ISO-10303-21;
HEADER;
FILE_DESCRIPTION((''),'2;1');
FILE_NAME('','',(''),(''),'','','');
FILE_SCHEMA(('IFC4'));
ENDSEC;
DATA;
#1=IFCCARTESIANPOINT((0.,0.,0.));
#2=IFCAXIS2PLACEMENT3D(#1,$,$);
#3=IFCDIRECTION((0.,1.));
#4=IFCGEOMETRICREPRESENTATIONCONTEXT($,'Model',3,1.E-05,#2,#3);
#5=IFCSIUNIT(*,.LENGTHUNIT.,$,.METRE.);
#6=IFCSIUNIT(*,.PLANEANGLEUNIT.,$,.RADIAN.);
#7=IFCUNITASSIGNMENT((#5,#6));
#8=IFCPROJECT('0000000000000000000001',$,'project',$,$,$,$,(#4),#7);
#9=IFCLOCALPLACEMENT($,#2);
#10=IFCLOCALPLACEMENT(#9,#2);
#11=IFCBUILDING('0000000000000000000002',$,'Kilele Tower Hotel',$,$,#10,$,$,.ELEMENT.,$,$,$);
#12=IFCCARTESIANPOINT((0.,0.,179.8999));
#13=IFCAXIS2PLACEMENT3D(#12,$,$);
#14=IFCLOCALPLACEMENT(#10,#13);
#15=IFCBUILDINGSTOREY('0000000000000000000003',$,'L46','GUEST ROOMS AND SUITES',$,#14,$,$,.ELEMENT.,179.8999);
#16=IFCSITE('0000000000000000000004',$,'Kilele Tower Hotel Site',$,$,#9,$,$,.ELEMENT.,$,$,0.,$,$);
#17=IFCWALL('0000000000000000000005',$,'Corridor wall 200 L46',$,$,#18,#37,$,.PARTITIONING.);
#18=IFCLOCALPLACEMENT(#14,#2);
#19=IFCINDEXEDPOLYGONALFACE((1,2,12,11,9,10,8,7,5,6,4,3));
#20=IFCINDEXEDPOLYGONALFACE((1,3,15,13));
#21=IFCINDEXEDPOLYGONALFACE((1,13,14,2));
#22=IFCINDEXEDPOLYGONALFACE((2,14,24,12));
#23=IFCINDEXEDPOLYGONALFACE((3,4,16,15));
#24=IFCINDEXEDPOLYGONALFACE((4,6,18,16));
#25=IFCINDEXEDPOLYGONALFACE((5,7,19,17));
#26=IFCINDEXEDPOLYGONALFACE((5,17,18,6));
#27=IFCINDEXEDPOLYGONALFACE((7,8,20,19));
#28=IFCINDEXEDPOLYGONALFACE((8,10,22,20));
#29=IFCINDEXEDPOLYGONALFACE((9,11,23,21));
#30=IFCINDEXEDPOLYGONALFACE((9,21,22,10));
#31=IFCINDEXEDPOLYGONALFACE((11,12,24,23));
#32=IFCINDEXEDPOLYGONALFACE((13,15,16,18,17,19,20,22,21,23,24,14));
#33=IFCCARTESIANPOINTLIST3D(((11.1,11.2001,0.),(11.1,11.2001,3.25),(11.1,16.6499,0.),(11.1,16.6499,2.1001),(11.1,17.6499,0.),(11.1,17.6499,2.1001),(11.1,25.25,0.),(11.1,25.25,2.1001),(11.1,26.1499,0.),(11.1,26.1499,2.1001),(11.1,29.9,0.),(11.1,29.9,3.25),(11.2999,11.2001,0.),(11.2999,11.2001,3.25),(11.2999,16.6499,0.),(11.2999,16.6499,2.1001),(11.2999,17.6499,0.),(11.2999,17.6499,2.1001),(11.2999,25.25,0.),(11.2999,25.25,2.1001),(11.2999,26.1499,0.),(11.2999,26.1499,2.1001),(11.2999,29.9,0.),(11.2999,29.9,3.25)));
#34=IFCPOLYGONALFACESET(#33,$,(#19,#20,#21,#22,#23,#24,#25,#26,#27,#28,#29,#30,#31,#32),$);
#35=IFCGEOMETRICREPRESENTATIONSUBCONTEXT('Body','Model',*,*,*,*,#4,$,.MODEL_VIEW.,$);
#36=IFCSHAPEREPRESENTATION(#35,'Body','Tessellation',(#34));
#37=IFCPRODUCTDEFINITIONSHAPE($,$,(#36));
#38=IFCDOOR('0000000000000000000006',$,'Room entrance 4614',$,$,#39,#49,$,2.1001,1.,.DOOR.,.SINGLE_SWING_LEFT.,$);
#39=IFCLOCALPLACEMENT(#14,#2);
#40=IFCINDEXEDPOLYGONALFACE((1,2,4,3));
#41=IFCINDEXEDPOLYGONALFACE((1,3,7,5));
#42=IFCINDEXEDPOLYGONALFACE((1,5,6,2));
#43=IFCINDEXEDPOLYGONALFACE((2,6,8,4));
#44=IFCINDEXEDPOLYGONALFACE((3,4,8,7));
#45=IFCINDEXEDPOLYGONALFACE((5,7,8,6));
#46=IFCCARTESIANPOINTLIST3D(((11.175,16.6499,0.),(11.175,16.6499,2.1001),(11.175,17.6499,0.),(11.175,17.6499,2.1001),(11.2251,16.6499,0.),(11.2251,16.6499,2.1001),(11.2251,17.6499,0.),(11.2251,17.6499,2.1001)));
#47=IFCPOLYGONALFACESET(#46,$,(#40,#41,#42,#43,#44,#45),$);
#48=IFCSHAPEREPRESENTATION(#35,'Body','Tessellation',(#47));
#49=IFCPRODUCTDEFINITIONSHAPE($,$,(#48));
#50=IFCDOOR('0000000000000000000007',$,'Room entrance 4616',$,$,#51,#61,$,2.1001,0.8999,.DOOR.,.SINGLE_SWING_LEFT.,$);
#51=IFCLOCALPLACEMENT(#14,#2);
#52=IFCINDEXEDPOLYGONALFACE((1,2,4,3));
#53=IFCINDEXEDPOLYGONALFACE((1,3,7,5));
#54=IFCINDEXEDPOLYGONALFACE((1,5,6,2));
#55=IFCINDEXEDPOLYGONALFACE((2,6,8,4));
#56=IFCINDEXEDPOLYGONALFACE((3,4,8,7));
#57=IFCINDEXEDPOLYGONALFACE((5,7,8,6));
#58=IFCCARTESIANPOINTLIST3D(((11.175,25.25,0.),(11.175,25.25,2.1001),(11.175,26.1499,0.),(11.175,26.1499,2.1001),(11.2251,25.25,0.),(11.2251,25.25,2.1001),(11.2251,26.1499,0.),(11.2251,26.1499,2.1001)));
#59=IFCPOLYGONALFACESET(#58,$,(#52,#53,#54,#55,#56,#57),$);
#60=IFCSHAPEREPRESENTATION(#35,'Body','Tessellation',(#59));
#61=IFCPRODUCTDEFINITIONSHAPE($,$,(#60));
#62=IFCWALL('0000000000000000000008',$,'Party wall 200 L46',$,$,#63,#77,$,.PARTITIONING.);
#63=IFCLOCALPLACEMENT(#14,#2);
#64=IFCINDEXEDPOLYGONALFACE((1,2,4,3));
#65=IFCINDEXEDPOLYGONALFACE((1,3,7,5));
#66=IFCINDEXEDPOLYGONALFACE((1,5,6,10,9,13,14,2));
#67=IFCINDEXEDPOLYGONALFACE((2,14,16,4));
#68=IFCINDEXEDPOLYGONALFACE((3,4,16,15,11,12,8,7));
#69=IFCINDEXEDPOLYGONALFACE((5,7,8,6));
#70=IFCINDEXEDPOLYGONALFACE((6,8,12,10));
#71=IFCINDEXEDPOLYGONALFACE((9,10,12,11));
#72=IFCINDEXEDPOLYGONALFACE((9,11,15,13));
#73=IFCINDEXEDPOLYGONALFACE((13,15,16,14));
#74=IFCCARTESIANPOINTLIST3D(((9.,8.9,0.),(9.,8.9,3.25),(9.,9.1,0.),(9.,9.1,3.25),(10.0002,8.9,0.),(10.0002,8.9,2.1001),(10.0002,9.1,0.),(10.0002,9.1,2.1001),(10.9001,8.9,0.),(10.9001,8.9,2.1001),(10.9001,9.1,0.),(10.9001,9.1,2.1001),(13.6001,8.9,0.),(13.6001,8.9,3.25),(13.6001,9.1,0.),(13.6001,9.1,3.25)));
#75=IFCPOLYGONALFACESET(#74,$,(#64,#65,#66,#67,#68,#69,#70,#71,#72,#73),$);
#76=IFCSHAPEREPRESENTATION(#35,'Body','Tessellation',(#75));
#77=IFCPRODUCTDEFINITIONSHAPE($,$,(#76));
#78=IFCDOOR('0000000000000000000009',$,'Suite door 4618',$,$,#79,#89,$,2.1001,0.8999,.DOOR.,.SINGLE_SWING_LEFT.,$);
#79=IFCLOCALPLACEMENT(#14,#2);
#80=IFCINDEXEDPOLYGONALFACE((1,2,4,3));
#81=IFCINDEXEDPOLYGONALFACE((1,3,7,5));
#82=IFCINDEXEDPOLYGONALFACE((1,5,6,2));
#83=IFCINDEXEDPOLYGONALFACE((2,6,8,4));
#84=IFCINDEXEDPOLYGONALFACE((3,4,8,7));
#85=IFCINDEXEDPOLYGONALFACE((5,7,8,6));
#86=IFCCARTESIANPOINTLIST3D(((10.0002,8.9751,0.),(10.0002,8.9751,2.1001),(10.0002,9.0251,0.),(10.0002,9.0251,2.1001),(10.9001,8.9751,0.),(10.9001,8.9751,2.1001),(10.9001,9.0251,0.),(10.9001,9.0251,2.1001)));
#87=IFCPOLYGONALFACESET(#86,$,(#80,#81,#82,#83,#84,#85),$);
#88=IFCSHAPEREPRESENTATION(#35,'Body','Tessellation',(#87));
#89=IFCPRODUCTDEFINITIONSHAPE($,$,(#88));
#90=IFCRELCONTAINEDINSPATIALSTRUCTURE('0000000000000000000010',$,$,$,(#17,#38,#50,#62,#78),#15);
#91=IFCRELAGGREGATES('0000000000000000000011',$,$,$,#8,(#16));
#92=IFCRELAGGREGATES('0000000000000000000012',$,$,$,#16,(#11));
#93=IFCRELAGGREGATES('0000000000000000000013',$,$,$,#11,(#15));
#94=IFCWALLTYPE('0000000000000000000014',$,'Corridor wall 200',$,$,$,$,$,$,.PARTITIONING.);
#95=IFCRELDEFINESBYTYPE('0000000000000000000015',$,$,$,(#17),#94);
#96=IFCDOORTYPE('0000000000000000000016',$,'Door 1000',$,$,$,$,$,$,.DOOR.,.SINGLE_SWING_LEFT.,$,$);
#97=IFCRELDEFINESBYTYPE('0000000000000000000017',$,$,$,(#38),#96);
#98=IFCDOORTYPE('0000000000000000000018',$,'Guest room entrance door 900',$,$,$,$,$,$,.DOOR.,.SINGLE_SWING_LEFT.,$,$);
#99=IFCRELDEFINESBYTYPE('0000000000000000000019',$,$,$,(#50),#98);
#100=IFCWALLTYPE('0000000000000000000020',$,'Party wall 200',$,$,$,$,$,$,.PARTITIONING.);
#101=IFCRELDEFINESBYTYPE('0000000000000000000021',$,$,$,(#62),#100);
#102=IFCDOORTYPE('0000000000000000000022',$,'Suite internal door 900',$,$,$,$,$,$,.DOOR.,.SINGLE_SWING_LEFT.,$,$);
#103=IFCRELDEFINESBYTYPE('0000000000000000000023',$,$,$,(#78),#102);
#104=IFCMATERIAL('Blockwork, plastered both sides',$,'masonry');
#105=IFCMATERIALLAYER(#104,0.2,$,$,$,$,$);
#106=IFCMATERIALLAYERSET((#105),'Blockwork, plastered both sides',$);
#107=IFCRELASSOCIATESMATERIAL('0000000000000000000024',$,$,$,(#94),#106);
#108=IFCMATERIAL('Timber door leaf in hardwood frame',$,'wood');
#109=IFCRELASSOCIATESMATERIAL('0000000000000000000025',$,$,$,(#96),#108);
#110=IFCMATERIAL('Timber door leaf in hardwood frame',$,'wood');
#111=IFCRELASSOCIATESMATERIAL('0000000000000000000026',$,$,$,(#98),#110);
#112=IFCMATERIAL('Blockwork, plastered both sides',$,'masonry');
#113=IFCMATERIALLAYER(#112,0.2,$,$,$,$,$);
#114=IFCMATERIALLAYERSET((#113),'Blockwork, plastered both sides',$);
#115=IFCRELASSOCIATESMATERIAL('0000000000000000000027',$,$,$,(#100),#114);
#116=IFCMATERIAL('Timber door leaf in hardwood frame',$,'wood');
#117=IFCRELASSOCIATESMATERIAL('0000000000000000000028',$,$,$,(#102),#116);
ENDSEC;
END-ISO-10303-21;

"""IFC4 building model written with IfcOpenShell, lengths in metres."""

from ifc_helpers import new_model, si_unit, direction, frame, frame_2d, origin, place, context, subcontext, project, spatial, rectangle, extrude, material, layer, layer_set, type_object, element, fill, save


model = new_model("IFC4")

# Units and contexts
model_context = context("Model", 3, precision=1e-05, world=origin(), true_north=direction((0.0, 1.0)))
body_context = subcontext(model_context, "Body", "Model", "MODEL_VIEW")
ifc_project = project(units=[si_unit("LENGTHUNIT", "METRE"), si_unit("PLANEANGLEUNIT", "RADIAN")], contexts=[model_context])

# Site, building, storey
site_placement = place(None, origin())
site = spatial("IfcSite", under=ifc_project, at=site_placement, Name="Kilele Tower Hotel Site", CompositionType="ELEMENT", RefElevation=0.0)
building_placement = place(site_placement, origin())
building = spatial("IfcBuilding", under=site, at=building_placement, Name="Kilele Tower Hotel", CompositionType="ELEMENT")
storey_placement = place(building_placement, frame((0.0, 0.0, 179.8999)))
storey = spatial("IfcBuildingStorey", under=building, at=storey_placement, Name="L46", Description="GUEST ROOMS AND SUITES", CompositionType="ELEMENT", Elevation=179.8999)

# Wall, openings, doors
ifc_material_1 = material(Name="Blockwork, plastered both sides", Category="masonry")
ifc_layer_1 = layer(ifc_material_1, 0.2)
ifc_layer_set_1 = layer_set([ifc_layer_1], Name="Blockwork, plastered both sides")
wall_type_1 = type_object("IfcWallType", Name="Corridor wall 200", PredefinedType="PARTITIONING", material=ifc_layer_set_1)
wall_1_placement = place(storey_placement, frame((11.2, 11.2, 0.0), z_axis=(0.0, 0.0, 1.0), x_axis=(0.0, 1.0, 0.0)))
wall_1 = element("IfcWall", 1, at=wall_1_placement, inside=storey, type_object=wall_type_1, Name="Corridor wall 200 L46", PredefinedType="PARTITIONING", context=body_context, shape_type="SweptSolid", body=[
    extrude(rectangle(XDim=18.7, YDim=0.2, at=frame_2d((9.3501, 0.0))), origin(), (0.0, 0.0, 1.0), 3.25),
])
opening_1_placement = place(wall_1_placement, frame((5.45, 0.0, 0.0)))
opening_1 = element("IfcOpeningElement", 2, at=opening_1_placement, cuts=wall_1, PredefinedType="OPENING", context=body_context, shape_type="SweptSolid", body=[
    extrude(rectangle(XDim=1.0, YDim=2.1001, at=frame_2d((0.5, 1.05))), frame((0.0, 0.1099, 0.0), z_axis=(0.0, -1.0, 0.0), x_axis=(1.0, 0.0, 0.0)), (0.0, 0.0, 1.0), 0.22),
])
opening_2_placement = place(wall_1_placement, frame((14.05, 0.0, 0.0)))
opening_2 = element("IfcOpeningElement", 3, at=opening_2_placement, cuts=wall_1, PredefinedType="OPENING", context=body_context, shape_type="SweptSolid", body=[
    extrude(rectangle(XDim=0.8999, YDim=2.1001, at=frame_2d((0.45, 1.05))), frame((0.0, 0.1099, 0.0), z_axis=(0.0, -1.0, 0.0), x_axis=(1.0, 0.0, 0.0)), (0.0, 0.0, 1.0), 0.22),
])
ifc_material_2 = material(Name="Timber door leaf in hardwood frame", Category="wood")
door_type_1 = type_object("IfcDoorType", Name="Door 1000", OperationType="SINGLE_SWING_LEFT", PredefinedType="DOOR", material=ifc_material_2)
door_1_placement = place(opening_1_placement, origin())
door_1 = element("IfcDoor", 4, at=door_1_placement, inside=storey, type_object=door_type_1, Name="Room entrance 4614", OperationType="SINGLE_SWING_LEFT", OverallHeight=2.1001, OverallWidth=1.0, PredefinedType="DOOR", context=body_context, shape_type="SweptSolid", body=[
    extrude(rectangle(XDim=1.0, YDim=2.1001, at=frame_2d((0.5, 1.05))), frame((0.0, 0.0249, 0.0), z_axis=(0.0, -1.0, 0.0), x_axis=(1.0, 0.0, 0.0)), (0.0, 0.0, 1.0), 0.05),
])
fill(opening_1, door_1)
ifc_material_3 = material(Name="Timber door leaf in hardwood frame", Category="wood")
door_type_2 = type_object("IfcDoorType", Name="Guest room entrance door 900", OperationType="SINGLE_SWING_LEFT", PredefinedType="DOOR", material=ifc_material_3)
door_2_placement = place(opening_2_placement, origin())
door_2 = element("IfcDoor", 5, at=door_2_placement, inside=storey, type_object=door_type_2, Name="Room entrance 4616", OperationType="SINGLE_SWING_LEFT", OverallHeight=2.1001, OverallWidth=0.8999, PredefinedType="DOOR", context=body_context, shape_type="SweptSolid", body=[
    extrude(rectangle(XDim=0.8999, YDim=2.1001, at=frame_2d((0.45, 1.05))), frame((0.0, 0.0249, 0.0), z_axis=(0.0, -1.0, 0.0), x_axis=(1.0, 0.0, 0.0)), (0.0, 0.0, 1.0), 0.05),
])
fill(opening_2, door_2)

# Wall, opening, door
ifc_material_4 = material(Name="Blockwork, plastered both sides", Category="masonry")
ifc_layer_2 = layer(ifc_material_4, 0.2)
ifc_layer_set_2 = layer_set([ifc_layer_2], Name="Blockwork, plastered both sides")
wall_type_2 = type_object("IfcWallType", Name="Party wall 200", PredefinedType="PARTITIONING", material=ifc_layer_set_2)
wall_2_placement = place(storey_placement, frame((13.6001, 9.0, 0.0), z_axis=(0.0, 0.0, 1.0), x_axis=(-1.0, 0.0, 0.0)))
wall_2 = element("IfcWall", 6, at=wall_2_placement, inside=storey, type_object=wall_type_2, Name="Party wall 200 L46", PredefinedType="PARTITIONING", context=body_context, shape_type="SweptSolid", body=[
    extrude(rectangle(XDim=4.6001, YDim=0.2, at=frame_2d((2.3, 0.0))), origin(), (0.0, 0.0, 1.0), 3.25),
])
opening_3_placement = place(wall_2_placement, frame((2.7, 0.0, 0.0)))
opening_3 = element("IfcOpeningElement", 7, at=opening_3_placement, cuts=wall_2, PredefinedType="OPENING", context=body_context, shape_type="SweptSolid", body=[
    extrude(rectangle(XDim=0.8999, YDim=2.1001, at=frame_2d((0.45, 1.05))), frame((0.0, 0.1099, 0.0), z_axis=(0.0, -1.0, 0.0), x_axis=(1.0, 0.0, 0.0)), (0.0, 0.0, 1.0), 0.22),
])
ifc_material_5 = material(Name="Timber door leaf in hardwood frame", Category="wood")
door_type_3 = type_object("IfcDoorType", Name="Suite internal door 900", OperationType="SINGLE_SWING_LEFT", PredefinedType="DOOR", material=ifc_material_5)
door_3_placement = place(opening_3_placement, origin())
door_3 = element("IfcDoor", 8, at=door_3_placement, inside=storey, type_object=door_type_3, Name="Suite door 4618", OperationType="SINGLE_SWING_LEFT", OverallHeight=2.1001, OverallWidth=0.8999, PredefinedType="DOOR", context=body_context, shape_type="SweptSolid", body=[
    extrude(rectangle(XDim=0.8999, YDim=2.1001, at=frame_2d((0.45, 1.05))), frame((0.0, 0.0249, 0.0), z_axis=(0.0, -1.0, 0.0), x_axis=(1.0, 0.0, 0.0)), (0.0, 0.0, 1.0), 0.05),
])
fill(opening_3, door_3)

save(model, "model.ifc")
